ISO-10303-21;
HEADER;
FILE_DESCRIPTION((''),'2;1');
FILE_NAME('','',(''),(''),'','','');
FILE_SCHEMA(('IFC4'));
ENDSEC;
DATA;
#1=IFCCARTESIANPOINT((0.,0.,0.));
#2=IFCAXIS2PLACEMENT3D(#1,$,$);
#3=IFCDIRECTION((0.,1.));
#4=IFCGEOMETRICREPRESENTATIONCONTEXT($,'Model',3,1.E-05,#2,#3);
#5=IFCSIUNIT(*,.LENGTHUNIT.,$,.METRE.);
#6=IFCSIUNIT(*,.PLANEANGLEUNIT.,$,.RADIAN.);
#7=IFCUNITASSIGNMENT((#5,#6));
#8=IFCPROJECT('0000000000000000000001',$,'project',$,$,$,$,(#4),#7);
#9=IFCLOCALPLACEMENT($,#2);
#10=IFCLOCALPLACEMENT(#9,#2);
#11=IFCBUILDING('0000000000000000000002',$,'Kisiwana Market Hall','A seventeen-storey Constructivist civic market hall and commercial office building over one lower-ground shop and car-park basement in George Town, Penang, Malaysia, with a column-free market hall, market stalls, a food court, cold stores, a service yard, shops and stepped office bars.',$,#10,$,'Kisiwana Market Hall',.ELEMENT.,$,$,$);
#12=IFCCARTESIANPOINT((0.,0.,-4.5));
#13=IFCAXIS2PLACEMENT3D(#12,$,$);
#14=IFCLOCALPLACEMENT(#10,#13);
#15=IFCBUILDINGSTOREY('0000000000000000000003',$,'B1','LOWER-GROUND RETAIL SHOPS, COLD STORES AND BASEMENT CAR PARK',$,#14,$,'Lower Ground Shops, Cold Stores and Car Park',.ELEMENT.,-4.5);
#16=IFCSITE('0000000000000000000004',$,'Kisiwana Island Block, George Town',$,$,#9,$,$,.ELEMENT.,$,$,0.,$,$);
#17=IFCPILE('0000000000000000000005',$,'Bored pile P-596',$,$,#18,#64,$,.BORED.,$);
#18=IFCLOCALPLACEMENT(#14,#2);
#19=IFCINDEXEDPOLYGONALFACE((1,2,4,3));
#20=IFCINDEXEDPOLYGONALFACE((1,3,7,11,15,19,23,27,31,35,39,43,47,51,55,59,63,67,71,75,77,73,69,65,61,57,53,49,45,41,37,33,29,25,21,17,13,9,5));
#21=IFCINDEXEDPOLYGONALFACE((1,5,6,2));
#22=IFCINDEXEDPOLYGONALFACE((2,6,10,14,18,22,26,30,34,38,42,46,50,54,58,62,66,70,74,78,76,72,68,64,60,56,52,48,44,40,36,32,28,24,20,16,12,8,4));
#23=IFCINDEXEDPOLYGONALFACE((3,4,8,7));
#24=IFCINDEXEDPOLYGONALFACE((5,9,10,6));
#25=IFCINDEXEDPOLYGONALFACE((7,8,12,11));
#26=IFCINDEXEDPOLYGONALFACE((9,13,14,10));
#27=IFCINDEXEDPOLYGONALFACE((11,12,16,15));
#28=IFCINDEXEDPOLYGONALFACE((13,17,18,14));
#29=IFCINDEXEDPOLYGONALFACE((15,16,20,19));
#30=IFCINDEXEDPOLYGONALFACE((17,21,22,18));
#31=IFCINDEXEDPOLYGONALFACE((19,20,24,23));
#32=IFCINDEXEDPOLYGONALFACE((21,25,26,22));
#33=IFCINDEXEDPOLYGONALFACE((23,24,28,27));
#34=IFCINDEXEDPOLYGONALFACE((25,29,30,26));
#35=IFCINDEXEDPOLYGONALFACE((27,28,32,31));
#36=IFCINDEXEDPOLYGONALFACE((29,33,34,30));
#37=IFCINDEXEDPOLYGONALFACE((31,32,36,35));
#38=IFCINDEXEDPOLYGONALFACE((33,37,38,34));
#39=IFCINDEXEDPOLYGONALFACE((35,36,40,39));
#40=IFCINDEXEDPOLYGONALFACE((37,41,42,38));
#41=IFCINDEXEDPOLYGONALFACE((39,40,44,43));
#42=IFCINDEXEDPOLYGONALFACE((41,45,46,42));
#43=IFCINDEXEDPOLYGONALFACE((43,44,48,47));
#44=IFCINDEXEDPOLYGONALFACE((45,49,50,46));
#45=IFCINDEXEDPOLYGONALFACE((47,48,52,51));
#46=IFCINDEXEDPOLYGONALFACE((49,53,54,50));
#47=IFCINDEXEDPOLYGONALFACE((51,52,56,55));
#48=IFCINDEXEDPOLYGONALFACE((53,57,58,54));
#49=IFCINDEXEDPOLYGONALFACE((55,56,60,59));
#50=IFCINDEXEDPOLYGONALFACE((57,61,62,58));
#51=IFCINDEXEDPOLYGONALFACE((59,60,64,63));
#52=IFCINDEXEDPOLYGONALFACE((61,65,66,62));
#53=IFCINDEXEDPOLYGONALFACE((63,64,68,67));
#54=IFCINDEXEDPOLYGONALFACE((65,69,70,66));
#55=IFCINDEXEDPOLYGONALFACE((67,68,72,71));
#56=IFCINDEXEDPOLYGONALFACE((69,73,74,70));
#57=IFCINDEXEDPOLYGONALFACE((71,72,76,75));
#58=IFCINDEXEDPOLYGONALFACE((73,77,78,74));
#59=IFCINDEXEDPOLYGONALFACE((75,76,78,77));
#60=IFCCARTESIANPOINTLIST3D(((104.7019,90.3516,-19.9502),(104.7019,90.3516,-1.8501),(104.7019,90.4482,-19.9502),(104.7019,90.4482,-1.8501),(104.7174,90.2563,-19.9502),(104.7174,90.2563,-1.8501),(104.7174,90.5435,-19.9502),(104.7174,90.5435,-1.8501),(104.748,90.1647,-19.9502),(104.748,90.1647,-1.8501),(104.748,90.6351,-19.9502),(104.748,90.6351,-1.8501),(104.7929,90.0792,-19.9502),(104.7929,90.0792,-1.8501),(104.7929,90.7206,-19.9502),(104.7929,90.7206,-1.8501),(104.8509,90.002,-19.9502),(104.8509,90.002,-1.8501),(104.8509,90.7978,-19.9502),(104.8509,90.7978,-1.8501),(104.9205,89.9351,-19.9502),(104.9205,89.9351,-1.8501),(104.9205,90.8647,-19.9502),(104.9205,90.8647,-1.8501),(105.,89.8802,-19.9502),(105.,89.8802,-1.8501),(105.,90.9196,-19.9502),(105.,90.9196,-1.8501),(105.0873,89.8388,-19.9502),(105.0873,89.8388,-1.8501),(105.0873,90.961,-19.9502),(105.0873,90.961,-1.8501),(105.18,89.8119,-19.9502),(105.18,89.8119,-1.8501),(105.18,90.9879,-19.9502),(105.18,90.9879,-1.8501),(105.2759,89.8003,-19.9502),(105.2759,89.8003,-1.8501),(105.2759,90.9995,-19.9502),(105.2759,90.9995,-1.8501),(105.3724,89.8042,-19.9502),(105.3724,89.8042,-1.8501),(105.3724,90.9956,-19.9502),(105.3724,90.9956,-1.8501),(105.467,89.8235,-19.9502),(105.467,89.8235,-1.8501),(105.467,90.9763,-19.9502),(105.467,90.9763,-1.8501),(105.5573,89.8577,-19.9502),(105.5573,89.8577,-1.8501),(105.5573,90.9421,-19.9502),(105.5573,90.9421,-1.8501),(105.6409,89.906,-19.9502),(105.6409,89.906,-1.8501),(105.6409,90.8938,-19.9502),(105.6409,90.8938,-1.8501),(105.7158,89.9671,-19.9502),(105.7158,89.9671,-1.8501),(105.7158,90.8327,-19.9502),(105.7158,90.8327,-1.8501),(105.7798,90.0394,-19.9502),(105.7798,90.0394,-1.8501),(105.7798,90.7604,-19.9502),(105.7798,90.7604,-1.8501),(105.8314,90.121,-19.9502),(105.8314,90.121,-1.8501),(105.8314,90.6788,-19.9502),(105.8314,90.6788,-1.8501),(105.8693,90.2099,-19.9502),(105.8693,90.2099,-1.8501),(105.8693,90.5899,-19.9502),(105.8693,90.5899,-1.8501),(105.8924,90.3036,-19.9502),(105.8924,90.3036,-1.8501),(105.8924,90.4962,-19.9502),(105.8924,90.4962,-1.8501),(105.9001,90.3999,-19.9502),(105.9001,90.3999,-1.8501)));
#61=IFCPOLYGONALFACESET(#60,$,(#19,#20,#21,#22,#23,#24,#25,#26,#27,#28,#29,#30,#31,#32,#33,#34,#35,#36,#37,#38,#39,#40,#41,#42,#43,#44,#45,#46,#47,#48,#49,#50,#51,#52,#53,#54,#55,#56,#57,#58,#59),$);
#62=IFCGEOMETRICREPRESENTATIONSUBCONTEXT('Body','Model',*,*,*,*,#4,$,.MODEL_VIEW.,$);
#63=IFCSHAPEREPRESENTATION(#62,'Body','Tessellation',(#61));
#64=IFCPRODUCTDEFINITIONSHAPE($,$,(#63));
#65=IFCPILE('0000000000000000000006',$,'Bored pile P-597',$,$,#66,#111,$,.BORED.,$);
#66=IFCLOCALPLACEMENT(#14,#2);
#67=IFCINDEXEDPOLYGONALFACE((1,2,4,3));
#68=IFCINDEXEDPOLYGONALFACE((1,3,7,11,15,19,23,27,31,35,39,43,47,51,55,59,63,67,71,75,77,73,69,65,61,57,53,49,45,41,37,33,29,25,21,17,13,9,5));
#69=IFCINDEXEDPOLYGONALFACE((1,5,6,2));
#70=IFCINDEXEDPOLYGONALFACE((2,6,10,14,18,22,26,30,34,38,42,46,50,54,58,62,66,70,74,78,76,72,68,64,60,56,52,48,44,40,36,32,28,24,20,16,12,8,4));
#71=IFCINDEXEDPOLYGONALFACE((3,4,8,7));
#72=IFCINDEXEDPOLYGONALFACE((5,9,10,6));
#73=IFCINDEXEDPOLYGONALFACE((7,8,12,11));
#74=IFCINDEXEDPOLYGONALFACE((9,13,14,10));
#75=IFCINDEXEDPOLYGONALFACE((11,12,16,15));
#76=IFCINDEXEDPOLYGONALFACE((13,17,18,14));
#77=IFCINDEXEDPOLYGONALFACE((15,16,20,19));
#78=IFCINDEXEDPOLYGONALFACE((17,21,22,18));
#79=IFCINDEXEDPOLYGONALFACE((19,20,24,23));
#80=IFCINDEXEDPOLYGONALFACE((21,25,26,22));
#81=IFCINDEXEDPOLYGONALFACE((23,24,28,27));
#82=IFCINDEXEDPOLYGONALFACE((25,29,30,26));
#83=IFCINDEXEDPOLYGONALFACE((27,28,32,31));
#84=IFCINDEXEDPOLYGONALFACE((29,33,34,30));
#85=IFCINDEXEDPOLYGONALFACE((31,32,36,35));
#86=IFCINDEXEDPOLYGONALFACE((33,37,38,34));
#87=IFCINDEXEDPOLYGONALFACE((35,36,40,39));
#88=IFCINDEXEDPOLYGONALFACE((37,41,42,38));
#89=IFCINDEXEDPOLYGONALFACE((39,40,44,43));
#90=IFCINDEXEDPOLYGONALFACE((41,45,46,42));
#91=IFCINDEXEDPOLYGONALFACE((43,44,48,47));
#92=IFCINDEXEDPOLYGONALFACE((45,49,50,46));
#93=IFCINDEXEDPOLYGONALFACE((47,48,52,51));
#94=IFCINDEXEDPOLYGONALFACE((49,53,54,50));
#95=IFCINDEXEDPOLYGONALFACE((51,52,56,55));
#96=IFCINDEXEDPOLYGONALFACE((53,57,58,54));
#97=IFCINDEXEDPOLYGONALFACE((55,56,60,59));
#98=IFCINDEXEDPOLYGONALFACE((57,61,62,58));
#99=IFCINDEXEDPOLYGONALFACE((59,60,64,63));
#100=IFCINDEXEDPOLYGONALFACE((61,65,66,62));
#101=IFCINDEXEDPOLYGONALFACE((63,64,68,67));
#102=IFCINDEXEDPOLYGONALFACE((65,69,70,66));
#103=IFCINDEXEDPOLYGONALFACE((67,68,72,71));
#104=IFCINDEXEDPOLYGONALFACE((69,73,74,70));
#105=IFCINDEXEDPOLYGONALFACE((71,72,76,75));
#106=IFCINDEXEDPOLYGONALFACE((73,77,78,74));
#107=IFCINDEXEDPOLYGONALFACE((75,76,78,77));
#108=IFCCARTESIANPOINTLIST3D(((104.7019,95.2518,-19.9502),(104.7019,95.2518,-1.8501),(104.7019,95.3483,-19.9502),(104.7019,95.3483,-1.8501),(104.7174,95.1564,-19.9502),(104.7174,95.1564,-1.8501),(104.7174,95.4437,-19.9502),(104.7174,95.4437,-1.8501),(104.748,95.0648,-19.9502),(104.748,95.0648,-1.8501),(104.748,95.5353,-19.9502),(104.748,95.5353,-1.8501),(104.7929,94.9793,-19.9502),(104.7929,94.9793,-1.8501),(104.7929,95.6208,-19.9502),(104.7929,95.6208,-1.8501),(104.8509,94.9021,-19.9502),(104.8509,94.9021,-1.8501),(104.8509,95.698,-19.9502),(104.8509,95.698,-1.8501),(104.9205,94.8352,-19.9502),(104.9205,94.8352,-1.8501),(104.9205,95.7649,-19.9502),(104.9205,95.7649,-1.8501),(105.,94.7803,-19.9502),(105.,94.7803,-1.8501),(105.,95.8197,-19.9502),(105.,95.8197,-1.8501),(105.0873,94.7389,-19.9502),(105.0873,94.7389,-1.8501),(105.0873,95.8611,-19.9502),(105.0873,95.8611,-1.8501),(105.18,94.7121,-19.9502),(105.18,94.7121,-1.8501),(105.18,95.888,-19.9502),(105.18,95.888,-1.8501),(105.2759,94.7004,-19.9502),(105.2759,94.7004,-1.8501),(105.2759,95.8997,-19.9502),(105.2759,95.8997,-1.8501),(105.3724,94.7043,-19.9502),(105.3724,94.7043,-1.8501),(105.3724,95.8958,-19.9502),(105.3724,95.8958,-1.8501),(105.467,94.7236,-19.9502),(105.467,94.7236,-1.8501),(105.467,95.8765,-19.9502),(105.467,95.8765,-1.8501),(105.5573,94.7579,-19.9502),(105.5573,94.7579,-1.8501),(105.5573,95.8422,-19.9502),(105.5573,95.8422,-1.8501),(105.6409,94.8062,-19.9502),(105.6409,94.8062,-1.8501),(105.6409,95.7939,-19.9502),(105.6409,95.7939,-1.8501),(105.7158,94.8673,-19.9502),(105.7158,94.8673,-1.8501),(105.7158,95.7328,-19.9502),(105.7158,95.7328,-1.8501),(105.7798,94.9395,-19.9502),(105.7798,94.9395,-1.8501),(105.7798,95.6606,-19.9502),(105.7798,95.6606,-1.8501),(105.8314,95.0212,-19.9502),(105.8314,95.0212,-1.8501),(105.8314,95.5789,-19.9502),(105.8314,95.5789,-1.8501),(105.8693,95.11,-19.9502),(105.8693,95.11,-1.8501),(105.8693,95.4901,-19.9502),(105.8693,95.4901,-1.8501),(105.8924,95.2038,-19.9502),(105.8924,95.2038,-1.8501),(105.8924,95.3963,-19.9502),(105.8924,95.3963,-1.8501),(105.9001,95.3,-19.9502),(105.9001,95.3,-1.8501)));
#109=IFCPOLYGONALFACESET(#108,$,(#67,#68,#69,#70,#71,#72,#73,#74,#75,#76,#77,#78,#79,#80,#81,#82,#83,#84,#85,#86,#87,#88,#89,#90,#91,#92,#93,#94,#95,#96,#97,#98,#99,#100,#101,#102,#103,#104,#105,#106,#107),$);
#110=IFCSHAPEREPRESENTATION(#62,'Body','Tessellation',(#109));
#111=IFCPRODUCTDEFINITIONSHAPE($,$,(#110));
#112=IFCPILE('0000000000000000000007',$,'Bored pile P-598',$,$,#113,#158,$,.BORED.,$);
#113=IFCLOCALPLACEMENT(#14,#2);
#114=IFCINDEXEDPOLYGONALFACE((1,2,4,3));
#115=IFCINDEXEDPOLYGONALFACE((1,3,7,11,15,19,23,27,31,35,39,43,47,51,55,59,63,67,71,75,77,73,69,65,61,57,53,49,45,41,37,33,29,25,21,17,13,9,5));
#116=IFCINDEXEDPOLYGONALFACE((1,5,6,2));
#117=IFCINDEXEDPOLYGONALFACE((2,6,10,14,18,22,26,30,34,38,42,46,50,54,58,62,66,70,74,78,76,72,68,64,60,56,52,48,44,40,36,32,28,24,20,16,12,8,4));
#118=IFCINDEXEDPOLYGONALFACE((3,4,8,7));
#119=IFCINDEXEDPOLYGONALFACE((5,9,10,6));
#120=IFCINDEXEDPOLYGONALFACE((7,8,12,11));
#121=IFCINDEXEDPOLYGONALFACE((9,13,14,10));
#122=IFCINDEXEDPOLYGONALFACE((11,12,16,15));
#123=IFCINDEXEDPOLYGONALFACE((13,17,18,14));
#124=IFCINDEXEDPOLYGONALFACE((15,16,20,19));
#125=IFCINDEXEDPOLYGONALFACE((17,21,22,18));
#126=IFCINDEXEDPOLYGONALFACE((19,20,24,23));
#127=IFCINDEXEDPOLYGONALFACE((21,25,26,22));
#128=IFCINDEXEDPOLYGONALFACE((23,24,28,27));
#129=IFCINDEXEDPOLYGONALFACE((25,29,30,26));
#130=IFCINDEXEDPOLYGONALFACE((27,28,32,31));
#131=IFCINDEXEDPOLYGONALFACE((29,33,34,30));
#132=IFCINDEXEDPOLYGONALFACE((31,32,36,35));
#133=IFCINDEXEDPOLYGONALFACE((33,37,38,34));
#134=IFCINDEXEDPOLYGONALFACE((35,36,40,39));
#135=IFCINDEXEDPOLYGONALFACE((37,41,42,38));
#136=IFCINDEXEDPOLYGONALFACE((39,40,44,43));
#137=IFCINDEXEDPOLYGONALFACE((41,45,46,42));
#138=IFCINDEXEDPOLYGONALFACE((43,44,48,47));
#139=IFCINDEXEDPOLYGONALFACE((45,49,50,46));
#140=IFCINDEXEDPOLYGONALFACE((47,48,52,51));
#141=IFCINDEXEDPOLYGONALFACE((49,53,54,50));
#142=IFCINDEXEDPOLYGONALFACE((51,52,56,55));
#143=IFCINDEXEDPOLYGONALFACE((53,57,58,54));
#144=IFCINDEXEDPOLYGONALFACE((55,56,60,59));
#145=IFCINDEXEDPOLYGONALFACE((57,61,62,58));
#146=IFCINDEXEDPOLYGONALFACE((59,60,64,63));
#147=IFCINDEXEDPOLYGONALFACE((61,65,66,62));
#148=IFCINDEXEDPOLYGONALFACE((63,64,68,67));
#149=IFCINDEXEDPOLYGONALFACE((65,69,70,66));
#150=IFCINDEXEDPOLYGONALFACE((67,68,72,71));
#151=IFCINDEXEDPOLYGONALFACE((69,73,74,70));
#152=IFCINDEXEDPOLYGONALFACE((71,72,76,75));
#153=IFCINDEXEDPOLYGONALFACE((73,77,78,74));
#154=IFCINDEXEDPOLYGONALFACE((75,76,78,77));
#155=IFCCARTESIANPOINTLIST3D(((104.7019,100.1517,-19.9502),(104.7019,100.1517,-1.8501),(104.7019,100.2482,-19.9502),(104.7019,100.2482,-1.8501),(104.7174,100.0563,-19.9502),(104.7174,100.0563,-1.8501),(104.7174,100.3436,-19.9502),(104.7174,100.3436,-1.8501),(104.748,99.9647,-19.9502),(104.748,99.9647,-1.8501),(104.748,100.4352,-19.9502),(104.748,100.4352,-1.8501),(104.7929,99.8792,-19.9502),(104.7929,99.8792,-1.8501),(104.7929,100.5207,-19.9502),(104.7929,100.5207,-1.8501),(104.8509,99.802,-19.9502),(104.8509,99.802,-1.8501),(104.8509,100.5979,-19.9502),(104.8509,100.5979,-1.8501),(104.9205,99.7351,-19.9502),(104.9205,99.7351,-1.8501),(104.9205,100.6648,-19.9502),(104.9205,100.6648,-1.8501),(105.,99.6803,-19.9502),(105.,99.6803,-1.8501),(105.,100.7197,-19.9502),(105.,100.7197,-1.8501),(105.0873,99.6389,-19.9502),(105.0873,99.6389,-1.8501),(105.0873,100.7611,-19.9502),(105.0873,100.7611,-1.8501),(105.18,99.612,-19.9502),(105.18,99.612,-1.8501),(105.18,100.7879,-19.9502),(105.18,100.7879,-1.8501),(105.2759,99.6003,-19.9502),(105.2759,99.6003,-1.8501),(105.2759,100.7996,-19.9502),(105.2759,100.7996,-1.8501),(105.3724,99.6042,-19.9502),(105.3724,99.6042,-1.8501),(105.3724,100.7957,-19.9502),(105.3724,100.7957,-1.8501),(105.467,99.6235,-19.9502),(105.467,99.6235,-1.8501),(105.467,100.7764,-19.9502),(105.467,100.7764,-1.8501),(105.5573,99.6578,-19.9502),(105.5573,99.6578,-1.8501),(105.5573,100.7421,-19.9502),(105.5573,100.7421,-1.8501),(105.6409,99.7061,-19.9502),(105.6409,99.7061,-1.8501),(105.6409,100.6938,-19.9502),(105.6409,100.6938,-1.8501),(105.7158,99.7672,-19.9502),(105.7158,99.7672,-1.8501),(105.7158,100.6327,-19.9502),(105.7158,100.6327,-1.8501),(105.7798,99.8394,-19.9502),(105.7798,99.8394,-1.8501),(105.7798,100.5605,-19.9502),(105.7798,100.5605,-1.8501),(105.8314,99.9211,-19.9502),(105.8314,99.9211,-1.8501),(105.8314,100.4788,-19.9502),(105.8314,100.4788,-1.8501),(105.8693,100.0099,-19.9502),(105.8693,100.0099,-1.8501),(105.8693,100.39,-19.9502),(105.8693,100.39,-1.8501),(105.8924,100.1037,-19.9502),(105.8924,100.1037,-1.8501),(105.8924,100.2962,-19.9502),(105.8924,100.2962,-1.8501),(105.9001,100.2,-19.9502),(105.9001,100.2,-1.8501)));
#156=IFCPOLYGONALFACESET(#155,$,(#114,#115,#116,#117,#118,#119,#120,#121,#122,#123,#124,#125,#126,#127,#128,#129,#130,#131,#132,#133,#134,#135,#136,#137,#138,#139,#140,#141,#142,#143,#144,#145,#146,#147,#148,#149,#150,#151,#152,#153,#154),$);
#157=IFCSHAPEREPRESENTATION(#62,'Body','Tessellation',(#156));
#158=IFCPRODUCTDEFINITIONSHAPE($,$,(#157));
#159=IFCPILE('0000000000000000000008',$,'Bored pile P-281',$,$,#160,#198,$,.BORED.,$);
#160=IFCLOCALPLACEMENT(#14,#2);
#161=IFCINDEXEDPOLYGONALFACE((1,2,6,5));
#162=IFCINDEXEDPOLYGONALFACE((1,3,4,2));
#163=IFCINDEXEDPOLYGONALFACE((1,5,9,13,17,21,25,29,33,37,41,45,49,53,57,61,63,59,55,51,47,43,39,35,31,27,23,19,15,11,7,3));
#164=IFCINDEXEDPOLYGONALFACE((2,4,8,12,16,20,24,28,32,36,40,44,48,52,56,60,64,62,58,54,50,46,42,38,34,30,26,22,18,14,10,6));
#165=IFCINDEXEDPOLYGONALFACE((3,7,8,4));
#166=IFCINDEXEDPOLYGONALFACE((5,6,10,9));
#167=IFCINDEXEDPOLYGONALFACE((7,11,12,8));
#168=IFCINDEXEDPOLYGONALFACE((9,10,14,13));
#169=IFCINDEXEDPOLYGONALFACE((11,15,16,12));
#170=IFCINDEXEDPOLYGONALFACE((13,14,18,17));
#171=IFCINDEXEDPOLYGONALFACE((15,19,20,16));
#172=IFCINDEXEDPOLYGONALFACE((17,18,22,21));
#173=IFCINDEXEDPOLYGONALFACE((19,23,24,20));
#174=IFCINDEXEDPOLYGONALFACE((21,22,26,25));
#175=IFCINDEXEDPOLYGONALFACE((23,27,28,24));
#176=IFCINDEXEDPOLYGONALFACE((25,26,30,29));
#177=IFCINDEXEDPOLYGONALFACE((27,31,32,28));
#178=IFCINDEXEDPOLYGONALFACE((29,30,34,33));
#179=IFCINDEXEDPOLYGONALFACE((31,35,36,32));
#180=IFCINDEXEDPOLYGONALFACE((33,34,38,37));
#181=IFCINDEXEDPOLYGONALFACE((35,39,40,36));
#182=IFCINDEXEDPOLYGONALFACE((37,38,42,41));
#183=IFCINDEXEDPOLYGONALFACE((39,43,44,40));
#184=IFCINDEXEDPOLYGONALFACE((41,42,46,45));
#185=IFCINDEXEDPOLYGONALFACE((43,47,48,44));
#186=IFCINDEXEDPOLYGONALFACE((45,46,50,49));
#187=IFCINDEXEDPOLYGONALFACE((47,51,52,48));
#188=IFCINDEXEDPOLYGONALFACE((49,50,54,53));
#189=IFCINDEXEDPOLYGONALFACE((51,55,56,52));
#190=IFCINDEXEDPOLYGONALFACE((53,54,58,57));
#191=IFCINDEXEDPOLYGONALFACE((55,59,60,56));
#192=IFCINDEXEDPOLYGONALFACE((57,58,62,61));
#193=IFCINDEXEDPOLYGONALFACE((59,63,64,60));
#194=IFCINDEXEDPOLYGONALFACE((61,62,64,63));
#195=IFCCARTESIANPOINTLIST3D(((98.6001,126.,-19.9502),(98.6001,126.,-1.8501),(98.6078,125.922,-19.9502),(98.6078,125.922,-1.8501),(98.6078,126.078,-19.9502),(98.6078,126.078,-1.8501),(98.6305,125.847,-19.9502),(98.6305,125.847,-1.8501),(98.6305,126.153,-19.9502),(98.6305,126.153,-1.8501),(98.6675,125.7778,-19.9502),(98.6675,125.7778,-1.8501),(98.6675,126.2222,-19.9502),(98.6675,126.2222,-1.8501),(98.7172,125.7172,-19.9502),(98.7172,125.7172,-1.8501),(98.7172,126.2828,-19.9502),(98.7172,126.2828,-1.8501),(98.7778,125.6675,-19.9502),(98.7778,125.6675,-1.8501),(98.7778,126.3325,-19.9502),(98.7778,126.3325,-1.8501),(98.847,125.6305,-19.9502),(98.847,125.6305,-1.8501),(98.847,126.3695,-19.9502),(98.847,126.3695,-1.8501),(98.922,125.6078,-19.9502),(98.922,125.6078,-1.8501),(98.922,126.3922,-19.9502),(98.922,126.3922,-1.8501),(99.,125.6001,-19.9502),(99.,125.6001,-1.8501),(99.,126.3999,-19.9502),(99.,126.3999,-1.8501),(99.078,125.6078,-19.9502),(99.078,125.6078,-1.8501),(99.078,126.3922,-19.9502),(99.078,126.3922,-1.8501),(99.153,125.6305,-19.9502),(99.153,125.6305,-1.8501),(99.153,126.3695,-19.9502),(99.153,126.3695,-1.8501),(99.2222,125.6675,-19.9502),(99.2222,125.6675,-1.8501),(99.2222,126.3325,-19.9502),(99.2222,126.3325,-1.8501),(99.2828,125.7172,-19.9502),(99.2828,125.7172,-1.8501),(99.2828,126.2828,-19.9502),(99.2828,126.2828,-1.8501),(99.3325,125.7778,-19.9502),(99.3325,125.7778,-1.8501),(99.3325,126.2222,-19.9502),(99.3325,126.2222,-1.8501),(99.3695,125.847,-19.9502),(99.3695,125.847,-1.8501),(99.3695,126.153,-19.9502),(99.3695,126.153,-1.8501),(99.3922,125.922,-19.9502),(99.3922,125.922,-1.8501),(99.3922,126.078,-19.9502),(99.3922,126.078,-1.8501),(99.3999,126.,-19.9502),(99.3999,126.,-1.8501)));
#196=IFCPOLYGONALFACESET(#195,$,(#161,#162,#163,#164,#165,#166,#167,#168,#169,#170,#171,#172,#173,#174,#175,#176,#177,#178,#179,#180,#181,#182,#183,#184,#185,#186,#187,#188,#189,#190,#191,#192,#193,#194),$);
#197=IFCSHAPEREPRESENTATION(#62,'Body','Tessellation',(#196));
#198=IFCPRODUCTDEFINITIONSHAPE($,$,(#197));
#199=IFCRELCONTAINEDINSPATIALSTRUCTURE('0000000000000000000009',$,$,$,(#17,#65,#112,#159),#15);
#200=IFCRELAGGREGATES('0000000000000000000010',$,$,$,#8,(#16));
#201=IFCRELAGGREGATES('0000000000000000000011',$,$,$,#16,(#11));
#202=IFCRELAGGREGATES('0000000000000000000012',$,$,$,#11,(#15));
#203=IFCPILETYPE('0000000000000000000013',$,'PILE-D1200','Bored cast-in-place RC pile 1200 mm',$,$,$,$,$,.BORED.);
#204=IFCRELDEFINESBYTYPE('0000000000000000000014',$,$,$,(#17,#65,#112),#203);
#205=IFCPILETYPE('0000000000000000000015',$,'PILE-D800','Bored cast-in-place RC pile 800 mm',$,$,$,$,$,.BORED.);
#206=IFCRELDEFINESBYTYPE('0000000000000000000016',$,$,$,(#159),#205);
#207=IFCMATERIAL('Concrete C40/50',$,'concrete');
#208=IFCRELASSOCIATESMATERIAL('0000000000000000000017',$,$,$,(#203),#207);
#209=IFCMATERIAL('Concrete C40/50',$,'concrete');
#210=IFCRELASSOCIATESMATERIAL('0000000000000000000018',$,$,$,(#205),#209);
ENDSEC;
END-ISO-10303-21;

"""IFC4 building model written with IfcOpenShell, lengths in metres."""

from ifc_helpers import new_model, si_unit, direction, frame, origin, origin_2d, place, context, subcontext, project, spatial, circle, extrude, material, material_profile, profile_set, type_object, element, save


model = new_model("IFC4")

# Units and contexts
model_context = context("Model", 3, precision=1e-05, world=origin(), true_north=direction((0.0, 1.0)))
body_context = subcontext(model_context, "Body", "Model", "MODEL_VIEW")
ifc_project = project(units=[si_unit("LENGTHUNIT", "METRE"), si_unit("PLANEANGLEUNIT", "RADIAN")], contexts=[model_context])

# Site, building, storey
site_placement = place(None, origin())
site = spatial("IfcSite", under=ifc_project, at=site_placement, Name="Kisiwana Island Block, George Town", CompositionType="ELEMENT", RefElevation=0.0)
building_placement = place(site_placement, origin())
building = spatial("IfcBuilding", under=site, at=building_placement, Name="Kisiwana Market Hall", Description="A seventeen-storey Constructivist civic market hall and commercial office building over one lower-ground shop and car-park basement in George Town, Penang, Malaysia, with a column-free market hall, market stalls, a food court, cold stores, a service yard, shops and stepped office bars.", LongName="Kisiwana Market Hall", CompositionType="ELEMENT")
storey_placement = place(building_placement, frame((0.0, 0.0, -4.5)))
storey = spatial("IfcBuildingStorey", under=building, at=storey_placement, Name="B1", Description="LOWER-GROUND RETAIL SHOPS, COLD STORES AND BASEMENT CAR PARK", LongName="Lower Ground Shops, Cold Stores and Car Park", CompositionType="ELEMENT", Elevation=-4.5)

# Piles
ifc_material_1 = material(Name="Concrete C40/50", Category="concrete")
ifc_material_profile_1 = material_profile(ifc_material_1, circle(Radius=0.6001, at=origin_2d()), Name="BP D1200")
ifc_profile_set_1 = profile_set([ifc_material_profile_1], Name="Concrete C40/50")
pile_type_1 = type_object("IfcPileType", Name="PILE-D1200", Description="Bored cast-in-place RC pile 1200 mm", PredefinedType="BORED", material=ifc_profile_set_1)
for number, where, z_axis, x_axis, name in (
    (1, (105.3, 90.3999, -1.8501), (0.0, 0.0, -1.0), (1.0, 0.0, 0.0), "Bored pile P-596"),
    (2, (105.3, 95.3, -1.8501), (0.0, 0.0, -1.0), (1.0, 0.0, 0.0), "Bored pile P-597"),
    (3, (105.3, 100.2, -1.8501), (0.0, 0.0, -1.0), (1.0, 0.0, 0.0), "Bored pile P-598"),
):
    element("IfcPile", number, at=place(storey_placement, frame(where, z_axis=z_axis, x_axis=x_axis)), inside=storey, type_object=pile_type_1, Name=name, PredefinedType="BORED", context=body_context, shape_type="SweptSolid", body=[
        extrude(circle(Radius=0.6001, at=origin_2d()), origin(), (0.0, 0.0, 1.0), 18.1001),
    ])
ifc_material_2 = material(Name="Concrete C40/50", Category="concrete")
ifc_material_profile_2 = material_profile(ifc_material_2, circle(Radius=0.3999, at=origin_2d()), Name="BP D800")
ifc_profile_set_2 = profile_set([ifc_material_profile_2], Name="Concrete C40/50")
pile_type_2 = type_object("IfcPileType", Name="PILE-D800", Description="Bored cast-in-place RC pile 800 mm", PredefinedType="BORED", material=ifc_profile_set_2)
pile_placement = place(storey_placement, frame((99.0, 126.0, -1.8501), z_axis=(0.0, 0.0, -1.0), x_axis=(1.0, 0.0, 0.0)))
element("IfcPile", 4, at=pile_placement, inside=storey, type_object=pile_type_2, Name="Bored pile P-281", PredefinedType="BORED", context=body_context, shape_type="SweptSolid", body=[
    extrude(circle(Radius=0.3999, at=origin_2d()), origin(), (0.0, 0.0, 1.0), 18.1001),
])

save(model, "model.ifc")
